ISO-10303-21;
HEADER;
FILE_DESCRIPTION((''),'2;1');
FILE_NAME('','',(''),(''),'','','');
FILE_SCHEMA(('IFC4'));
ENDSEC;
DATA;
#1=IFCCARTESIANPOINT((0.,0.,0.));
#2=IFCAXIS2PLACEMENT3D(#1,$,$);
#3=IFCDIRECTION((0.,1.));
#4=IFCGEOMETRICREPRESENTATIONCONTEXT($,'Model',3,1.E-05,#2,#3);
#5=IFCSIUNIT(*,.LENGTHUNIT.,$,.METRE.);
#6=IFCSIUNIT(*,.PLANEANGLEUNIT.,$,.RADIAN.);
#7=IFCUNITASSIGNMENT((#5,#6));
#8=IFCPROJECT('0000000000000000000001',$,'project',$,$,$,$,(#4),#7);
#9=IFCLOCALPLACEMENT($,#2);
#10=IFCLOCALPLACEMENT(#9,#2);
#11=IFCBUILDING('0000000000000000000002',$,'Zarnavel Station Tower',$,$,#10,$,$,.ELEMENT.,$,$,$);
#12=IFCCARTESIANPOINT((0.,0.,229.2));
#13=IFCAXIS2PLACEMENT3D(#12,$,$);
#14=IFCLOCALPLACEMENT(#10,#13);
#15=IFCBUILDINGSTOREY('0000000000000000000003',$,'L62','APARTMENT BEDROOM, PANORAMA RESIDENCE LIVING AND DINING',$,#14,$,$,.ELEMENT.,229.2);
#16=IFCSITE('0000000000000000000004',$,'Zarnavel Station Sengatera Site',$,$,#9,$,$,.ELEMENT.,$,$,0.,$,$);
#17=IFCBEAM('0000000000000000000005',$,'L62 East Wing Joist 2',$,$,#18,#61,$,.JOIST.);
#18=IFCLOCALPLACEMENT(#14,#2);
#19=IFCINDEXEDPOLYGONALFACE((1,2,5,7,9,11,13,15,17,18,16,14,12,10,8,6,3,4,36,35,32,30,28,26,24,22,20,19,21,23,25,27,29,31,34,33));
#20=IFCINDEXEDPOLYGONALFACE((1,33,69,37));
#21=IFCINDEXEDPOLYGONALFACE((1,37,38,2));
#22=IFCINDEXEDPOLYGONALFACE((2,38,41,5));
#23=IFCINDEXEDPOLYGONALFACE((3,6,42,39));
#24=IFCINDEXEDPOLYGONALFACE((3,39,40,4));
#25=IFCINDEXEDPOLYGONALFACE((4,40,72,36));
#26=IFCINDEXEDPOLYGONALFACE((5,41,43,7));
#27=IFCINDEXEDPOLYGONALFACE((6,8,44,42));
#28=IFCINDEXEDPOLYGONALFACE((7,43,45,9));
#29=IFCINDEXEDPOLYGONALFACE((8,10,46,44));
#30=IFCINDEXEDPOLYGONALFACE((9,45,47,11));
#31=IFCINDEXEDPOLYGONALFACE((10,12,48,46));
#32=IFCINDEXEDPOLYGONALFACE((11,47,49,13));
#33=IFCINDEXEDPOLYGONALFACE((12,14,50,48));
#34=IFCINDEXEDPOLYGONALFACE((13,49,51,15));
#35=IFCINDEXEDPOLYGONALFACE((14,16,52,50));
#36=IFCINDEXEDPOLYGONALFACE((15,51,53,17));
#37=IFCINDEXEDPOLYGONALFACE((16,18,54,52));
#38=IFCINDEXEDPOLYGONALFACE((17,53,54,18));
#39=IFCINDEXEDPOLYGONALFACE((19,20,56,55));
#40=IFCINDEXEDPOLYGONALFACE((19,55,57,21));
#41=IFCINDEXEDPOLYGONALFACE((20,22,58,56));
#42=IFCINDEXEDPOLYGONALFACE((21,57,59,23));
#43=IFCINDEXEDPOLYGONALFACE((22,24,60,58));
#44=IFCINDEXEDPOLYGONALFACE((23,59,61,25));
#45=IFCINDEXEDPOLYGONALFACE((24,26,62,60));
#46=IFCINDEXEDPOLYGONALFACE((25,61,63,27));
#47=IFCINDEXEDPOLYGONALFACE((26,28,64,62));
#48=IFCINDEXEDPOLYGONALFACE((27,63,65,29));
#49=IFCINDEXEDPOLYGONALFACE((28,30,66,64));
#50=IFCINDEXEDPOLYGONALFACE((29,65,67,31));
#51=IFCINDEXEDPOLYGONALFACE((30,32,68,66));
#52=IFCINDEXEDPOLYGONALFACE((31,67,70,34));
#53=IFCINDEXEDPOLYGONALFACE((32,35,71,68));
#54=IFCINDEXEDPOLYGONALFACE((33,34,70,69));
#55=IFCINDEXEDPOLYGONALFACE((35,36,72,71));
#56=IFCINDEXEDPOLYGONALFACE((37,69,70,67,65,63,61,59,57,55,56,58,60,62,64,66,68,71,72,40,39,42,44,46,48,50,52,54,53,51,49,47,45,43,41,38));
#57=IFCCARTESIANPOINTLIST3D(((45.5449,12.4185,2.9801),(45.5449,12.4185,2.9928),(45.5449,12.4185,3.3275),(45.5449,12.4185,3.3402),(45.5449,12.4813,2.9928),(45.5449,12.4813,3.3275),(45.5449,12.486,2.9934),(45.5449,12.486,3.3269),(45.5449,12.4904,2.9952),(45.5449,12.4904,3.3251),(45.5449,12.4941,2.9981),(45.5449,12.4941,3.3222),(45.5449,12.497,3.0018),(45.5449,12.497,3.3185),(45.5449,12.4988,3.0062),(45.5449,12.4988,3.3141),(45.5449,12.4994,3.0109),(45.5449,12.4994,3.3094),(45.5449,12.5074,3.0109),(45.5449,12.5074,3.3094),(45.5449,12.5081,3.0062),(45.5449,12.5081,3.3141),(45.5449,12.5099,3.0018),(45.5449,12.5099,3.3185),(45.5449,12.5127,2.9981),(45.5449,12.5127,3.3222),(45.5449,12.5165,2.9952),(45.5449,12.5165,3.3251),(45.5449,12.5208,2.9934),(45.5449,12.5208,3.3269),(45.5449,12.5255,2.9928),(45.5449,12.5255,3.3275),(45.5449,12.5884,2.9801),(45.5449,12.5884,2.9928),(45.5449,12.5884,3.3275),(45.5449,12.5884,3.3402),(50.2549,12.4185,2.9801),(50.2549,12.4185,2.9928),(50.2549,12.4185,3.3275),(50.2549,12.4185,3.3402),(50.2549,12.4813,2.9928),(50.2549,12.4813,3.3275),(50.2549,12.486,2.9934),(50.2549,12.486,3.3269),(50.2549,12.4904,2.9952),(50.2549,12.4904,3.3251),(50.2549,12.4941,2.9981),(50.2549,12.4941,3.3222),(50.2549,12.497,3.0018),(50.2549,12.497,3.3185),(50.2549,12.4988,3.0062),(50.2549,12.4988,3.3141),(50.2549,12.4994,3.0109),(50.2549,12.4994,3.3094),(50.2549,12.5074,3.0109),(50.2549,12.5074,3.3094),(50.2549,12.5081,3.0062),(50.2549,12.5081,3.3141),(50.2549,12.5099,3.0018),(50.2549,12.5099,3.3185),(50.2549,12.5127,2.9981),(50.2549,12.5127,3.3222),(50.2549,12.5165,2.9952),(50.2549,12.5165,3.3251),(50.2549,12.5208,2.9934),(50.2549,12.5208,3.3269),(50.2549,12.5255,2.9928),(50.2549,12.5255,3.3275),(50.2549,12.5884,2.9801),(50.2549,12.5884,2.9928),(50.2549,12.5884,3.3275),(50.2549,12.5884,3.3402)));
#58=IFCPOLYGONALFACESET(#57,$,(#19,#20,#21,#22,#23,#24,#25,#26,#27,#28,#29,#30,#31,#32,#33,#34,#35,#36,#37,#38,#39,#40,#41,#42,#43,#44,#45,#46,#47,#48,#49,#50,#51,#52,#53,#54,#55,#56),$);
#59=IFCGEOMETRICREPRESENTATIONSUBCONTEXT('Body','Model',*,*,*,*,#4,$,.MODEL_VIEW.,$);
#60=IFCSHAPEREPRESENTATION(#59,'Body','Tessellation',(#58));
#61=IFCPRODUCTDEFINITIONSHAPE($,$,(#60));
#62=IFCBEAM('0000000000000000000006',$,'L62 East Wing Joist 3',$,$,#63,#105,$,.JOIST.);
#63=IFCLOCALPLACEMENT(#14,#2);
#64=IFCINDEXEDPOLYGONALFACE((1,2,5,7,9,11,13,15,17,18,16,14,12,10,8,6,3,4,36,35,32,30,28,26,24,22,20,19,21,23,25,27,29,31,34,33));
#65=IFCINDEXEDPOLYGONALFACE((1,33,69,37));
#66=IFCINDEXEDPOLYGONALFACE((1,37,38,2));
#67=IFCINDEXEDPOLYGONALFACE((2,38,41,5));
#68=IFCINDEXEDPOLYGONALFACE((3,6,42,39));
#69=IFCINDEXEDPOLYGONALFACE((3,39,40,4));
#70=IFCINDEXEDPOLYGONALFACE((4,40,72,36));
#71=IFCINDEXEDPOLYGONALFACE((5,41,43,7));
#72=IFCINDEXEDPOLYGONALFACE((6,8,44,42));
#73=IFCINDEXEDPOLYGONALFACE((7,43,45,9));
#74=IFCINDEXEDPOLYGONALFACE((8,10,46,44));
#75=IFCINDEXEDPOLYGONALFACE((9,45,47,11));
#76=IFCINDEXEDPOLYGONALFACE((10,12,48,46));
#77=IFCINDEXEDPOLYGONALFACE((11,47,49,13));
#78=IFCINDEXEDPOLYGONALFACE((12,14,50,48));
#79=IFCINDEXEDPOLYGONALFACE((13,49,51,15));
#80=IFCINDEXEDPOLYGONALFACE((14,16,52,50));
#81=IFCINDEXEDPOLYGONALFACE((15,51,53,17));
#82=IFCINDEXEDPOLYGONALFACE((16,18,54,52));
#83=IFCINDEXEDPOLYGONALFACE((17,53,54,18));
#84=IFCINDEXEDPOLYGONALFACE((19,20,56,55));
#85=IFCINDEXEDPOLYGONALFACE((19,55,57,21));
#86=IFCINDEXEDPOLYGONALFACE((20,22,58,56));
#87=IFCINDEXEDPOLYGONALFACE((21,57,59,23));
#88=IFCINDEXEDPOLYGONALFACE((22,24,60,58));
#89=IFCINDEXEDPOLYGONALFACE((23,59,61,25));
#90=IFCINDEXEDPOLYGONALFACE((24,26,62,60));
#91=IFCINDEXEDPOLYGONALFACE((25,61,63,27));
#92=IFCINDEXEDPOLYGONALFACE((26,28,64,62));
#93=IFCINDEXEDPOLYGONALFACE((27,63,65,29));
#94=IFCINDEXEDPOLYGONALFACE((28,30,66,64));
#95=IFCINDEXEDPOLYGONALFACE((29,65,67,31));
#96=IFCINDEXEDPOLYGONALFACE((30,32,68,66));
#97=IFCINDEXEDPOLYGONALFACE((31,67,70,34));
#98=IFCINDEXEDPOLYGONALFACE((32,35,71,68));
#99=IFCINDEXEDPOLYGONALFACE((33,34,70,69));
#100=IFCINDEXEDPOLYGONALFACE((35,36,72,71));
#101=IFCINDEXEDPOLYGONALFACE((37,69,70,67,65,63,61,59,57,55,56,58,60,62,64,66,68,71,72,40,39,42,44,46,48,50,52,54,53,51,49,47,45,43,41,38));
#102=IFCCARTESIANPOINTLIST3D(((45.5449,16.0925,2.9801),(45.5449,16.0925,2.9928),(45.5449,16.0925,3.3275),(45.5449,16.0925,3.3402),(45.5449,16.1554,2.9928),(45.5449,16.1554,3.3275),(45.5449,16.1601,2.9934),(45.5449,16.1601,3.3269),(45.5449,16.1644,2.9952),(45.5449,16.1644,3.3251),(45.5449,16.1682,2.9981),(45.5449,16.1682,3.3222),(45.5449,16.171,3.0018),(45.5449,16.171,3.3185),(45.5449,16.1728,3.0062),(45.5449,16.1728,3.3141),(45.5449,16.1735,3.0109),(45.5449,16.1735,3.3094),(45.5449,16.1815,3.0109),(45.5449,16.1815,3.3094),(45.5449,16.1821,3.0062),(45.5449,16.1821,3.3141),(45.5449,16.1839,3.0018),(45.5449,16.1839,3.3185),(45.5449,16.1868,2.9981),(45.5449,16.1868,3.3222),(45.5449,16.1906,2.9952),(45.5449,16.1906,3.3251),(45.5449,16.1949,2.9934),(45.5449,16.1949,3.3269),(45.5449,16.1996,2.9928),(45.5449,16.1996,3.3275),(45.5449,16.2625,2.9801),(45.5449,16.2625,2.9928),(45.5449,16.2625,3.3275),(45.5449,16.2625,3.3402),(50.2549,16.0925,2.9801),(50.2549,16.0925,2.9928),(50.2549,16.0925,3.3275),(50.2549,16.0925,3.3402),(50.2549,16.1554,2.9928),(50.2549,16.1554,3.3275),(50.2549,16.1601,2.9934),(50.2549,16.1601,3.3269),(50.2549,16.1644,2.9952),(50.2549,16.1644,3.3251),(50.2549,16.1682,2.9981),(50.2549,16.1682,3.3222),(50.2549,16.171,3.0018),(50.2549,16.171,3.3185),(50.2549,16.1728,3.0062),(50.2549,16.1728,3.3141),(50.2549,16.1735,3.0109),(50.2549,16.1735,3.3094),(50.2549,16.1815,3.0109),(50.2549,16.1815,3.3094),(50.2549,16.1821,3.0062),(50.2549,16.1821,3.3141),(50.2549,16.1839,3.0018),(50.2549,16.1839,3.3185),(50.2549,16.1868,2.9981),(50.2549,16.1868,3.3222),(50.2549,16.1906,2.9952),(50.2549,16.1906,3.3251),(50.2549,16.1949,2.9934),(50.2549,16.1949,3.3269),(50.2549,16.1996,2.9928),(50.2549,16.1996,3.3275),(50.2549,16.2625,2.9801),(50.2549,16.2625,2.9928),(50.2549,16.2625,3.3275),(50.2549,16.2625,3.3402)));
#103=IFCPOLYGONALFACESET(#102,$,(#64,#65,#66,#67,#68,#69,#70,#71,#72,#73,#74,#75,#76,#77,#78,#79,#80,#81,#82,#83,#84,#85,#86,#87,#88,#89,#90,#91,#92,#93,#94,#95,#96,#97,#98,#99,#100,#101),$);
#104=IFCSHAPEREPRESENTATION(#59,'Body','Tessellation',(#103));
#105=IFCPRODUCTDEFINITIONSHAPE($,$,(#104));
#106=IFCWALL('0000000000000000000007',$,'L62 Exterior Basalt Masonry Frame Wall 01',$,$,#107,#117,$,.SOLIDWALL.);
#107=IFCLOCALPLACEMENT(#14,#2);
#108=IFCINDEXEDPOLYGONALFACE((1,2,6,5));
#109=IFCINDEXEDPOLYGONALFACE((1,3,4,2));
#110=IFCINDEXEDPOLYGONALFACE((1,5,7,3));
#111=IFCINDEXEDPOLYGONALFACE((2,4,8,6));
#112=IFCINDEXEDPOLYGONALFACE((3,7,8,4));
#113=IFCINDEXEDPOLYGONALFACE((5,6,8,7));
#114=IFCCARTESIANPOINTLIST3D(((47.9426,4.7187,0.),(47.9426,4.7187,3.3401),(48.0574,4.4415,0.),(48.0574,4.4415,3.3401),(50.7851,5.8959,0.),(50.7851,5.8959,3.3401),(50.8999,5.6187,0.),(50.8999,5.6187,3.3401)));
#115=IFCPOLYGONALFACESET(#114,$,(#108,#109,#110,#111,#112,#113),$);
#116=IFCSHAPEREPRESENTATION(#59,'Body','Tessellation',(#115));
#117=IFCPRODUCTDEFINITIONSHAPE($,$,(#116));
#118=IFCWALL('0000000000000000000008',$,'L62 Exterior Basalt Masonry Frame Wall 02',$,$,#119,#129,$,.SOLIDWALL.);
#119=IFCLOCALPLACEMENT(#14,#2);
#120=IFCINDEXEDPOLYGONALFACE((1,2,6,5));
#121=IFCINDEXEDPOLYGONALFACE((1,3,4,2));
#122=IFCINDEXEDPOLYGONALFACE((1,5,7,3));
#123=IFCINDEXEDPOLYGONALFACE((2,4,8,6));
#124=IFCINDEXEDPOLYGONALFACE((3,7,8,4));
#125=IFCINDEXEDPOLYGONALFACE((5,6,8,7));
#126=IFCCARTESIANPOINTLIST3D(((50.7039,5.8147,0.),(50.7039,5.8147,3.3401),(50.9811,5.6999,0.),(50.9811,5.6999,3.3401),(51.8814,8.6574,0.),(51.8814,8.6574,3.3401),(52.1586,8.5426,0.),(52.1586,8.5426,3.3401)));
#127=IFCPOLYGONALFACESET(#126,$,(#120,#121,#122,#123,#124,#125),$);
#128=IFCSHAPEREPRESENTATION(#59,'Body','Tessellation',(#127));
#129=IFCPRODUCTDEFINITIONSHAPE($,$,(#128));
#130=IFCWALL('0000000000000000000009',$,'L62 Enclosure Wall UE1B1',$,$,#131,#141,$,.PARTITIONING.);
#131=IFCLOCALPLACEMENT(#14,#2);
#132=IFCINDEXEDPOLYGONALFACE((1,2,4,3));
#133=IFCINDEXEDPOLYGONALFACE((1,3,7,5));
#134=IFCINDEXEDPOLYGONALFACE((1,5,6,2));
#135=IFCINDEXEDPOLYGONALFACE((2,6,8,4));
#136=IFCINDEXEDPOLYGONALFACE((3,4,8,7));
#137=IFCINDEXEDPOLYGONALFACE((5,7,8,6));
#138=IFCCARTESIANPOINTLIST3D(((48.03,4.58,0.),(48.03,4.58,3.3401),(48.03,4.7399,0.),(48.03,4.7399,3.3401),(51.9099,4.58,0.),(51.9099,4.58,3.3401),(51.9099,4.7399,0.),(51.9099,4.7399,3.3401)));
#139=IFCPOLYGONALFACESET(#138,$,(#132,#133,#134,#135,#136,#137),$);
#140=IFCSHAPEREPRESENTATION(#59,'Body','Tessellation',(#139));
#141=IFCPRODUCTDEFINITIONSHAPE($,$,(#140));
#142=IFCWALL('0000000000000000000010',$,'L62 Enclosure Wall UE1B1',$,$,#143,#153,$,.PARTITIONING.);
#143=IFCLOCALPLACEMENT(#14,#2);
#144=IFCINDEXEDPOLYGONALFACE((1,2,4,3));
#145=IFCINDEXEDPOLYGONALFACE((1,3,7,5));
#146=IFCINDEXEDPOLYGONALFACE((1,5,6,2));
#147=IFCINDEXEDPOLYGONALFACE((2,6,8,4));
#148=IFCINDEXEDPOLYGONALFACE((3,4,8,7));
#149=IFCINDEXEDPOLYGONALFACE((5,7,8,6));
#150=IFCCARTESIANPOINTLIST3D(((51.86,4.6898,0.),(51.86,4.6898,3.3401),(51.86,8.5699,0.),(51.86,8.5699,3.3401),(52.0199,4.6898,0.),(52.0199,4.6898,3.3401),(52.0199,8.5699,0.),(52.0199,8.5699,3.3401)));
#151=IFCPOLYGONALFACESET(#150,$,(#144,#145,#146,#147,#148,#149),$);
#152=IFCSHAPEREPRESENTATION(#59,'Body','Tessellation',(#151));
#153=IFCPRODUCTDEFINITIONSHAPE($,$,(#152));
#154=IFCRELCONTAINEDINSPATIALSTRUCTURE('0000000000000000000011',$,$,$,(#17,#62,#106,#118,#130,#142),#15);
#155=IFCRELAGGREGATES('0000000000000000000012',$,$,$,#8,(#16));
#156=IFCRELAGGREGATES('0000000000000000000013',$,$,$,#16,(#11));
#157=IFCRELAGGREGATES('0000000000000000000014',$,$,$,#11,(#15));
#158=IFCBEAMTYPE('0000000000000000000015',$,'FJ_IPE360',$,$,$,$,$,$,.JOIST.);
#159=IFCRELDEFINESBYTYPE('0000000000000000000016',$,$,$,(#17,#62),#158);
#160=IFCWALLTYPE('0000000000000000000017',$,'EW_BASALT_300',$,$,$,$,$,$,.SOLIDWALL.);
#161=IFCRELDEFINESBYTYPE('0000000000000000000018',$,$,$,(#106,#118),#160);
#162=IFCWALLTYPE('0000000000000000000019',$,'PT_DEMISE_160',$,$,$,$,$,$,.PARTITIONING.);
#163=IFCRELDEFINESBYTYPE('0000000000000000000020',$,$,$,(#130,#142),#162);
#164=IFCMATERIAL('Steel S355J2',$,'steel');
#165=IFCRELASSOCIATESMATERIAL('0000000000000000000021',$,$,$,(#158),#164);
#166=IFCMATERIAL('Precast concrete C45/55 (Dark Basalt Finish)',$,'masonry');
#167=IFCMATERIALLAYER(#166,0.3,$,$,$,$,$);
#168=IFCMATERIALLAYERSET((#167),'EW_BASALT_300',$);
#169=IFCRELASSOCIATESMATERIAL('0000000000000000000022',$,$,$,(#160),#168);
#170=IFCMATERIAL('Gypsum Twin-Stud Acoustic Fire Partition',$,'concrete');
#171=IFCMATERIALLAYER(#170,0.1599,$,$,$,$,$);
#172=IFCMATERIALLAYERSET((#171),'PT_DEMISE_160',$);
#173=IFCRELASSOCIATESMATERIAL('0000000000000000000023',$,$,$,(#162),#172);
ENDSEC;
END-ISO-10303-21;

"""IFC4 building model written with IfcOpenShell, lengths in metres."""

from ifc_helpers import new_model, si_unit, direction, frame, frame_2d, origin, origin_2d, place, context, subcontext, project, spatial, rectangle, i_section, extrude, material, layer, layer_set, material_profile, profile_set, type_object, element, save


model = new_model("IFC4")

# Units and contexts
model_context = context("Model", 3, precision=1e-05, world=origin(), true_north=direction((0.0, 1.0)))
body_context = subcontext(model_context, "Body", "Model", "MODEL_VIEW")
ifc_project = project(units=[si_unit("LENGTHUNIT", "METRE"), si_unit("PLANEANGLEUNIT", "RADIAN")], contexts=[model_context])

# Site, building, storey
site_placement = place(None, origin())
site = spatial("IfcSite", under=ifc_project, at=site_placement, Name="Zarnavel Station Sengatera Site", CompositionType="ELEMENT", RefElevation=0.0)
building_placement = place(site_placement, origin())
building = spatial("IfcBuilding", under=site, at=building_placement, Name="Zarnavel Station Tower", CompositionType="ELEMENT")
storey_placement = place(building_placement, frame((0.0, 0.0, 229.2)))
storey = spatial("IfcBuildingStorey", under=building, at=storey_placement, Name="L62", Description="APARTMENT BEDROOM, PANORAMA RESIDENCE LIVING AND DINING", CompositionType="ELEMENT", Elevation=229.2)

# Beams
ifc_material_1 = material(Name="Steel S355J2", Category="steel")
ifc_material_profile_1 = material_profile(ifc_material_1, i_section(OverallWidth=0.1699, OverallDepth=0.3601, WebThickness=0.0081, FlangeThickness=0.0127, FilletRadius=0.0181, at=origin_2d()), Name="IPE360")
ifc_profile_set_1 = profile_set([ifc_material_profile_1], Name="Steel S355J2")
beam_type_1 = type_object("IfcBeamType", Name="FJ_IPE360", PredefinedType="JOIST", material=ifc_profile_set_1)
for number, where, z_axis, x_axis, name in (
    (1, (45.5449, 12.5034, 3.1602), (1.0, 0.0, 0.0), (0.0, 1.0, 0.0), "L62 East Wing Joist 2"),
    (2, (45.5449, 16.1775, 3.1602), (1.0, 0.0, 0.0), (0.0, 1.0, 0.0), "L62 East Wing Joist 3"),
):
    element("IfcBeam", number, at=place(storey_placement, frame(where, z_axis=z_axis, x_axis=x_axis)), inside=storey, type_object=beam_type_1, Name=name, PredefinedType="JOIST", context=body_context, shape_type="SweptSolid", body=[
        extrude(i_section(OverallWidth=0.1699, OverallDepth=0.3601, WebThickness=0.0081, FlangeThickness=0.0127, FilletRadius=0.0181, at=origin_2d()), origin(), (0.0, 0.0, 1.0), 4.71),
    ])

# Walls
ifc_material_2 = material(Name="Precast concrete C45/55 (Dark Basalt Finish)", Category="masonry")
ifc_layer_1 = layer(ifc_material_2, 0.3)
ifc_layer_set_1 = layer_set([ifc_layer_1], Name="EW_BASALT_300")
wall_type_1 = type_object("IfcWallType", Name="EW_BASALT_300", PredefinedType="SOLIDWALL", material=ifc_layer_set_1)
wall_1_placement = place(storey_placement, frame((50.8425, 5.7573, 0.0), z_axis=(0.0, 0.0, 1.0), x_axis=(-0.923899, -0.382637, 0.0)))
element("IfcWall", 3, at=wall_1_placement, inside=storey, type_object=wall_type_1, Name="L62 Exterior Basalt Masonry Frame Wall 01", PredefinedType="SOLIDWALL", context=body_context, shape_type="SweptSolid", body=[
    extrude(rectangle(XDim=3.0767, YDim=0.3, at=frame_2d((1.5383, 0.0))), origin(), (0.0, 0.0, 1.0), 3.3401),
])
wall_2_placement = place(storey_placement, frame((52.02, 8.6001, 0.0), z_axis=(0.0, 0.0, 1.0), x_axis=(-0.382676, -0.923882, 0.0)))
element("IfcWall", 4, at=wall_2_placement, inside=storey, type_object=wall_type_1, Name="L62 Exterior Basalt Masonry Frame Wall 02", PredefinedType="SOLIDWALL", context=body_context, shape_type="SweptSolid", body=[
    extrude(rectangle(XDim=3.0769, YDim=0.3, at=frame_2d((1.5386, 0.0))), origin(), (0.0, 0.0, 1.0), 3.3401),
])

# Walls
ifc_material_3 = material(Name="Gypsum Twin-Stud Acoustic Fire Partition", Category="concrete")
ifc_layer_2 = layer(ifc_material_3, 0.1599)
ifc_layer_set_2 = layer_set([ifc_layer_2], Name="PT_DEMISE_160")
wall_type_2 = type_object("IfcWallType", Name="PT_DEMISE_160", PredefinedType="PARTITIONING", material=ifc_layer_set_2)
wall_3_placement = place(storey_placement, frame((48.03, 4.6599, 0.0), z_axis=(0.0, 0.0, 1.0), x_axis=(1.0, 0.0, 0.0)))
element("IfcWall", 5, at=wall_3_placement, inside=storey, type_object=wall_type_2, Name="L62 Enclosure Wall UE1B1", PredefinedType="PARTITIONING", context=body_context, shape_type="SweptSolid", body=[
    extrude(rectangle(XDim=3.8799, YDim=0.1599, at=frame_2d((1.9399, 0.0))), origin(), (0.0, 0.0, 1.0), 3.3401),
])
wall_4_placement = place(storey_placement, frame((51.9399, 4.6899, 0.0), z_axis=(0.0, 0.0, 1.0), x_axis=(0.0, 1.0, 0.0)))
element("IfcWall", 6, at=wall_4_placement, inside=storey, type_object=wall_type_2, Name="L62 Enclosure Wall UE1B1", PredefinedType="PARTITIONING", context=body_context, shape_type="SweptSolid", body=[
    extrude(rectangle(XDim=3.8801, YDim=0.1599, at=frame_2d((1.9399, 0.0))), origin(), (0.0, 0.0, 1.0), 3.3401),
])

save(model, "model.ifc")
